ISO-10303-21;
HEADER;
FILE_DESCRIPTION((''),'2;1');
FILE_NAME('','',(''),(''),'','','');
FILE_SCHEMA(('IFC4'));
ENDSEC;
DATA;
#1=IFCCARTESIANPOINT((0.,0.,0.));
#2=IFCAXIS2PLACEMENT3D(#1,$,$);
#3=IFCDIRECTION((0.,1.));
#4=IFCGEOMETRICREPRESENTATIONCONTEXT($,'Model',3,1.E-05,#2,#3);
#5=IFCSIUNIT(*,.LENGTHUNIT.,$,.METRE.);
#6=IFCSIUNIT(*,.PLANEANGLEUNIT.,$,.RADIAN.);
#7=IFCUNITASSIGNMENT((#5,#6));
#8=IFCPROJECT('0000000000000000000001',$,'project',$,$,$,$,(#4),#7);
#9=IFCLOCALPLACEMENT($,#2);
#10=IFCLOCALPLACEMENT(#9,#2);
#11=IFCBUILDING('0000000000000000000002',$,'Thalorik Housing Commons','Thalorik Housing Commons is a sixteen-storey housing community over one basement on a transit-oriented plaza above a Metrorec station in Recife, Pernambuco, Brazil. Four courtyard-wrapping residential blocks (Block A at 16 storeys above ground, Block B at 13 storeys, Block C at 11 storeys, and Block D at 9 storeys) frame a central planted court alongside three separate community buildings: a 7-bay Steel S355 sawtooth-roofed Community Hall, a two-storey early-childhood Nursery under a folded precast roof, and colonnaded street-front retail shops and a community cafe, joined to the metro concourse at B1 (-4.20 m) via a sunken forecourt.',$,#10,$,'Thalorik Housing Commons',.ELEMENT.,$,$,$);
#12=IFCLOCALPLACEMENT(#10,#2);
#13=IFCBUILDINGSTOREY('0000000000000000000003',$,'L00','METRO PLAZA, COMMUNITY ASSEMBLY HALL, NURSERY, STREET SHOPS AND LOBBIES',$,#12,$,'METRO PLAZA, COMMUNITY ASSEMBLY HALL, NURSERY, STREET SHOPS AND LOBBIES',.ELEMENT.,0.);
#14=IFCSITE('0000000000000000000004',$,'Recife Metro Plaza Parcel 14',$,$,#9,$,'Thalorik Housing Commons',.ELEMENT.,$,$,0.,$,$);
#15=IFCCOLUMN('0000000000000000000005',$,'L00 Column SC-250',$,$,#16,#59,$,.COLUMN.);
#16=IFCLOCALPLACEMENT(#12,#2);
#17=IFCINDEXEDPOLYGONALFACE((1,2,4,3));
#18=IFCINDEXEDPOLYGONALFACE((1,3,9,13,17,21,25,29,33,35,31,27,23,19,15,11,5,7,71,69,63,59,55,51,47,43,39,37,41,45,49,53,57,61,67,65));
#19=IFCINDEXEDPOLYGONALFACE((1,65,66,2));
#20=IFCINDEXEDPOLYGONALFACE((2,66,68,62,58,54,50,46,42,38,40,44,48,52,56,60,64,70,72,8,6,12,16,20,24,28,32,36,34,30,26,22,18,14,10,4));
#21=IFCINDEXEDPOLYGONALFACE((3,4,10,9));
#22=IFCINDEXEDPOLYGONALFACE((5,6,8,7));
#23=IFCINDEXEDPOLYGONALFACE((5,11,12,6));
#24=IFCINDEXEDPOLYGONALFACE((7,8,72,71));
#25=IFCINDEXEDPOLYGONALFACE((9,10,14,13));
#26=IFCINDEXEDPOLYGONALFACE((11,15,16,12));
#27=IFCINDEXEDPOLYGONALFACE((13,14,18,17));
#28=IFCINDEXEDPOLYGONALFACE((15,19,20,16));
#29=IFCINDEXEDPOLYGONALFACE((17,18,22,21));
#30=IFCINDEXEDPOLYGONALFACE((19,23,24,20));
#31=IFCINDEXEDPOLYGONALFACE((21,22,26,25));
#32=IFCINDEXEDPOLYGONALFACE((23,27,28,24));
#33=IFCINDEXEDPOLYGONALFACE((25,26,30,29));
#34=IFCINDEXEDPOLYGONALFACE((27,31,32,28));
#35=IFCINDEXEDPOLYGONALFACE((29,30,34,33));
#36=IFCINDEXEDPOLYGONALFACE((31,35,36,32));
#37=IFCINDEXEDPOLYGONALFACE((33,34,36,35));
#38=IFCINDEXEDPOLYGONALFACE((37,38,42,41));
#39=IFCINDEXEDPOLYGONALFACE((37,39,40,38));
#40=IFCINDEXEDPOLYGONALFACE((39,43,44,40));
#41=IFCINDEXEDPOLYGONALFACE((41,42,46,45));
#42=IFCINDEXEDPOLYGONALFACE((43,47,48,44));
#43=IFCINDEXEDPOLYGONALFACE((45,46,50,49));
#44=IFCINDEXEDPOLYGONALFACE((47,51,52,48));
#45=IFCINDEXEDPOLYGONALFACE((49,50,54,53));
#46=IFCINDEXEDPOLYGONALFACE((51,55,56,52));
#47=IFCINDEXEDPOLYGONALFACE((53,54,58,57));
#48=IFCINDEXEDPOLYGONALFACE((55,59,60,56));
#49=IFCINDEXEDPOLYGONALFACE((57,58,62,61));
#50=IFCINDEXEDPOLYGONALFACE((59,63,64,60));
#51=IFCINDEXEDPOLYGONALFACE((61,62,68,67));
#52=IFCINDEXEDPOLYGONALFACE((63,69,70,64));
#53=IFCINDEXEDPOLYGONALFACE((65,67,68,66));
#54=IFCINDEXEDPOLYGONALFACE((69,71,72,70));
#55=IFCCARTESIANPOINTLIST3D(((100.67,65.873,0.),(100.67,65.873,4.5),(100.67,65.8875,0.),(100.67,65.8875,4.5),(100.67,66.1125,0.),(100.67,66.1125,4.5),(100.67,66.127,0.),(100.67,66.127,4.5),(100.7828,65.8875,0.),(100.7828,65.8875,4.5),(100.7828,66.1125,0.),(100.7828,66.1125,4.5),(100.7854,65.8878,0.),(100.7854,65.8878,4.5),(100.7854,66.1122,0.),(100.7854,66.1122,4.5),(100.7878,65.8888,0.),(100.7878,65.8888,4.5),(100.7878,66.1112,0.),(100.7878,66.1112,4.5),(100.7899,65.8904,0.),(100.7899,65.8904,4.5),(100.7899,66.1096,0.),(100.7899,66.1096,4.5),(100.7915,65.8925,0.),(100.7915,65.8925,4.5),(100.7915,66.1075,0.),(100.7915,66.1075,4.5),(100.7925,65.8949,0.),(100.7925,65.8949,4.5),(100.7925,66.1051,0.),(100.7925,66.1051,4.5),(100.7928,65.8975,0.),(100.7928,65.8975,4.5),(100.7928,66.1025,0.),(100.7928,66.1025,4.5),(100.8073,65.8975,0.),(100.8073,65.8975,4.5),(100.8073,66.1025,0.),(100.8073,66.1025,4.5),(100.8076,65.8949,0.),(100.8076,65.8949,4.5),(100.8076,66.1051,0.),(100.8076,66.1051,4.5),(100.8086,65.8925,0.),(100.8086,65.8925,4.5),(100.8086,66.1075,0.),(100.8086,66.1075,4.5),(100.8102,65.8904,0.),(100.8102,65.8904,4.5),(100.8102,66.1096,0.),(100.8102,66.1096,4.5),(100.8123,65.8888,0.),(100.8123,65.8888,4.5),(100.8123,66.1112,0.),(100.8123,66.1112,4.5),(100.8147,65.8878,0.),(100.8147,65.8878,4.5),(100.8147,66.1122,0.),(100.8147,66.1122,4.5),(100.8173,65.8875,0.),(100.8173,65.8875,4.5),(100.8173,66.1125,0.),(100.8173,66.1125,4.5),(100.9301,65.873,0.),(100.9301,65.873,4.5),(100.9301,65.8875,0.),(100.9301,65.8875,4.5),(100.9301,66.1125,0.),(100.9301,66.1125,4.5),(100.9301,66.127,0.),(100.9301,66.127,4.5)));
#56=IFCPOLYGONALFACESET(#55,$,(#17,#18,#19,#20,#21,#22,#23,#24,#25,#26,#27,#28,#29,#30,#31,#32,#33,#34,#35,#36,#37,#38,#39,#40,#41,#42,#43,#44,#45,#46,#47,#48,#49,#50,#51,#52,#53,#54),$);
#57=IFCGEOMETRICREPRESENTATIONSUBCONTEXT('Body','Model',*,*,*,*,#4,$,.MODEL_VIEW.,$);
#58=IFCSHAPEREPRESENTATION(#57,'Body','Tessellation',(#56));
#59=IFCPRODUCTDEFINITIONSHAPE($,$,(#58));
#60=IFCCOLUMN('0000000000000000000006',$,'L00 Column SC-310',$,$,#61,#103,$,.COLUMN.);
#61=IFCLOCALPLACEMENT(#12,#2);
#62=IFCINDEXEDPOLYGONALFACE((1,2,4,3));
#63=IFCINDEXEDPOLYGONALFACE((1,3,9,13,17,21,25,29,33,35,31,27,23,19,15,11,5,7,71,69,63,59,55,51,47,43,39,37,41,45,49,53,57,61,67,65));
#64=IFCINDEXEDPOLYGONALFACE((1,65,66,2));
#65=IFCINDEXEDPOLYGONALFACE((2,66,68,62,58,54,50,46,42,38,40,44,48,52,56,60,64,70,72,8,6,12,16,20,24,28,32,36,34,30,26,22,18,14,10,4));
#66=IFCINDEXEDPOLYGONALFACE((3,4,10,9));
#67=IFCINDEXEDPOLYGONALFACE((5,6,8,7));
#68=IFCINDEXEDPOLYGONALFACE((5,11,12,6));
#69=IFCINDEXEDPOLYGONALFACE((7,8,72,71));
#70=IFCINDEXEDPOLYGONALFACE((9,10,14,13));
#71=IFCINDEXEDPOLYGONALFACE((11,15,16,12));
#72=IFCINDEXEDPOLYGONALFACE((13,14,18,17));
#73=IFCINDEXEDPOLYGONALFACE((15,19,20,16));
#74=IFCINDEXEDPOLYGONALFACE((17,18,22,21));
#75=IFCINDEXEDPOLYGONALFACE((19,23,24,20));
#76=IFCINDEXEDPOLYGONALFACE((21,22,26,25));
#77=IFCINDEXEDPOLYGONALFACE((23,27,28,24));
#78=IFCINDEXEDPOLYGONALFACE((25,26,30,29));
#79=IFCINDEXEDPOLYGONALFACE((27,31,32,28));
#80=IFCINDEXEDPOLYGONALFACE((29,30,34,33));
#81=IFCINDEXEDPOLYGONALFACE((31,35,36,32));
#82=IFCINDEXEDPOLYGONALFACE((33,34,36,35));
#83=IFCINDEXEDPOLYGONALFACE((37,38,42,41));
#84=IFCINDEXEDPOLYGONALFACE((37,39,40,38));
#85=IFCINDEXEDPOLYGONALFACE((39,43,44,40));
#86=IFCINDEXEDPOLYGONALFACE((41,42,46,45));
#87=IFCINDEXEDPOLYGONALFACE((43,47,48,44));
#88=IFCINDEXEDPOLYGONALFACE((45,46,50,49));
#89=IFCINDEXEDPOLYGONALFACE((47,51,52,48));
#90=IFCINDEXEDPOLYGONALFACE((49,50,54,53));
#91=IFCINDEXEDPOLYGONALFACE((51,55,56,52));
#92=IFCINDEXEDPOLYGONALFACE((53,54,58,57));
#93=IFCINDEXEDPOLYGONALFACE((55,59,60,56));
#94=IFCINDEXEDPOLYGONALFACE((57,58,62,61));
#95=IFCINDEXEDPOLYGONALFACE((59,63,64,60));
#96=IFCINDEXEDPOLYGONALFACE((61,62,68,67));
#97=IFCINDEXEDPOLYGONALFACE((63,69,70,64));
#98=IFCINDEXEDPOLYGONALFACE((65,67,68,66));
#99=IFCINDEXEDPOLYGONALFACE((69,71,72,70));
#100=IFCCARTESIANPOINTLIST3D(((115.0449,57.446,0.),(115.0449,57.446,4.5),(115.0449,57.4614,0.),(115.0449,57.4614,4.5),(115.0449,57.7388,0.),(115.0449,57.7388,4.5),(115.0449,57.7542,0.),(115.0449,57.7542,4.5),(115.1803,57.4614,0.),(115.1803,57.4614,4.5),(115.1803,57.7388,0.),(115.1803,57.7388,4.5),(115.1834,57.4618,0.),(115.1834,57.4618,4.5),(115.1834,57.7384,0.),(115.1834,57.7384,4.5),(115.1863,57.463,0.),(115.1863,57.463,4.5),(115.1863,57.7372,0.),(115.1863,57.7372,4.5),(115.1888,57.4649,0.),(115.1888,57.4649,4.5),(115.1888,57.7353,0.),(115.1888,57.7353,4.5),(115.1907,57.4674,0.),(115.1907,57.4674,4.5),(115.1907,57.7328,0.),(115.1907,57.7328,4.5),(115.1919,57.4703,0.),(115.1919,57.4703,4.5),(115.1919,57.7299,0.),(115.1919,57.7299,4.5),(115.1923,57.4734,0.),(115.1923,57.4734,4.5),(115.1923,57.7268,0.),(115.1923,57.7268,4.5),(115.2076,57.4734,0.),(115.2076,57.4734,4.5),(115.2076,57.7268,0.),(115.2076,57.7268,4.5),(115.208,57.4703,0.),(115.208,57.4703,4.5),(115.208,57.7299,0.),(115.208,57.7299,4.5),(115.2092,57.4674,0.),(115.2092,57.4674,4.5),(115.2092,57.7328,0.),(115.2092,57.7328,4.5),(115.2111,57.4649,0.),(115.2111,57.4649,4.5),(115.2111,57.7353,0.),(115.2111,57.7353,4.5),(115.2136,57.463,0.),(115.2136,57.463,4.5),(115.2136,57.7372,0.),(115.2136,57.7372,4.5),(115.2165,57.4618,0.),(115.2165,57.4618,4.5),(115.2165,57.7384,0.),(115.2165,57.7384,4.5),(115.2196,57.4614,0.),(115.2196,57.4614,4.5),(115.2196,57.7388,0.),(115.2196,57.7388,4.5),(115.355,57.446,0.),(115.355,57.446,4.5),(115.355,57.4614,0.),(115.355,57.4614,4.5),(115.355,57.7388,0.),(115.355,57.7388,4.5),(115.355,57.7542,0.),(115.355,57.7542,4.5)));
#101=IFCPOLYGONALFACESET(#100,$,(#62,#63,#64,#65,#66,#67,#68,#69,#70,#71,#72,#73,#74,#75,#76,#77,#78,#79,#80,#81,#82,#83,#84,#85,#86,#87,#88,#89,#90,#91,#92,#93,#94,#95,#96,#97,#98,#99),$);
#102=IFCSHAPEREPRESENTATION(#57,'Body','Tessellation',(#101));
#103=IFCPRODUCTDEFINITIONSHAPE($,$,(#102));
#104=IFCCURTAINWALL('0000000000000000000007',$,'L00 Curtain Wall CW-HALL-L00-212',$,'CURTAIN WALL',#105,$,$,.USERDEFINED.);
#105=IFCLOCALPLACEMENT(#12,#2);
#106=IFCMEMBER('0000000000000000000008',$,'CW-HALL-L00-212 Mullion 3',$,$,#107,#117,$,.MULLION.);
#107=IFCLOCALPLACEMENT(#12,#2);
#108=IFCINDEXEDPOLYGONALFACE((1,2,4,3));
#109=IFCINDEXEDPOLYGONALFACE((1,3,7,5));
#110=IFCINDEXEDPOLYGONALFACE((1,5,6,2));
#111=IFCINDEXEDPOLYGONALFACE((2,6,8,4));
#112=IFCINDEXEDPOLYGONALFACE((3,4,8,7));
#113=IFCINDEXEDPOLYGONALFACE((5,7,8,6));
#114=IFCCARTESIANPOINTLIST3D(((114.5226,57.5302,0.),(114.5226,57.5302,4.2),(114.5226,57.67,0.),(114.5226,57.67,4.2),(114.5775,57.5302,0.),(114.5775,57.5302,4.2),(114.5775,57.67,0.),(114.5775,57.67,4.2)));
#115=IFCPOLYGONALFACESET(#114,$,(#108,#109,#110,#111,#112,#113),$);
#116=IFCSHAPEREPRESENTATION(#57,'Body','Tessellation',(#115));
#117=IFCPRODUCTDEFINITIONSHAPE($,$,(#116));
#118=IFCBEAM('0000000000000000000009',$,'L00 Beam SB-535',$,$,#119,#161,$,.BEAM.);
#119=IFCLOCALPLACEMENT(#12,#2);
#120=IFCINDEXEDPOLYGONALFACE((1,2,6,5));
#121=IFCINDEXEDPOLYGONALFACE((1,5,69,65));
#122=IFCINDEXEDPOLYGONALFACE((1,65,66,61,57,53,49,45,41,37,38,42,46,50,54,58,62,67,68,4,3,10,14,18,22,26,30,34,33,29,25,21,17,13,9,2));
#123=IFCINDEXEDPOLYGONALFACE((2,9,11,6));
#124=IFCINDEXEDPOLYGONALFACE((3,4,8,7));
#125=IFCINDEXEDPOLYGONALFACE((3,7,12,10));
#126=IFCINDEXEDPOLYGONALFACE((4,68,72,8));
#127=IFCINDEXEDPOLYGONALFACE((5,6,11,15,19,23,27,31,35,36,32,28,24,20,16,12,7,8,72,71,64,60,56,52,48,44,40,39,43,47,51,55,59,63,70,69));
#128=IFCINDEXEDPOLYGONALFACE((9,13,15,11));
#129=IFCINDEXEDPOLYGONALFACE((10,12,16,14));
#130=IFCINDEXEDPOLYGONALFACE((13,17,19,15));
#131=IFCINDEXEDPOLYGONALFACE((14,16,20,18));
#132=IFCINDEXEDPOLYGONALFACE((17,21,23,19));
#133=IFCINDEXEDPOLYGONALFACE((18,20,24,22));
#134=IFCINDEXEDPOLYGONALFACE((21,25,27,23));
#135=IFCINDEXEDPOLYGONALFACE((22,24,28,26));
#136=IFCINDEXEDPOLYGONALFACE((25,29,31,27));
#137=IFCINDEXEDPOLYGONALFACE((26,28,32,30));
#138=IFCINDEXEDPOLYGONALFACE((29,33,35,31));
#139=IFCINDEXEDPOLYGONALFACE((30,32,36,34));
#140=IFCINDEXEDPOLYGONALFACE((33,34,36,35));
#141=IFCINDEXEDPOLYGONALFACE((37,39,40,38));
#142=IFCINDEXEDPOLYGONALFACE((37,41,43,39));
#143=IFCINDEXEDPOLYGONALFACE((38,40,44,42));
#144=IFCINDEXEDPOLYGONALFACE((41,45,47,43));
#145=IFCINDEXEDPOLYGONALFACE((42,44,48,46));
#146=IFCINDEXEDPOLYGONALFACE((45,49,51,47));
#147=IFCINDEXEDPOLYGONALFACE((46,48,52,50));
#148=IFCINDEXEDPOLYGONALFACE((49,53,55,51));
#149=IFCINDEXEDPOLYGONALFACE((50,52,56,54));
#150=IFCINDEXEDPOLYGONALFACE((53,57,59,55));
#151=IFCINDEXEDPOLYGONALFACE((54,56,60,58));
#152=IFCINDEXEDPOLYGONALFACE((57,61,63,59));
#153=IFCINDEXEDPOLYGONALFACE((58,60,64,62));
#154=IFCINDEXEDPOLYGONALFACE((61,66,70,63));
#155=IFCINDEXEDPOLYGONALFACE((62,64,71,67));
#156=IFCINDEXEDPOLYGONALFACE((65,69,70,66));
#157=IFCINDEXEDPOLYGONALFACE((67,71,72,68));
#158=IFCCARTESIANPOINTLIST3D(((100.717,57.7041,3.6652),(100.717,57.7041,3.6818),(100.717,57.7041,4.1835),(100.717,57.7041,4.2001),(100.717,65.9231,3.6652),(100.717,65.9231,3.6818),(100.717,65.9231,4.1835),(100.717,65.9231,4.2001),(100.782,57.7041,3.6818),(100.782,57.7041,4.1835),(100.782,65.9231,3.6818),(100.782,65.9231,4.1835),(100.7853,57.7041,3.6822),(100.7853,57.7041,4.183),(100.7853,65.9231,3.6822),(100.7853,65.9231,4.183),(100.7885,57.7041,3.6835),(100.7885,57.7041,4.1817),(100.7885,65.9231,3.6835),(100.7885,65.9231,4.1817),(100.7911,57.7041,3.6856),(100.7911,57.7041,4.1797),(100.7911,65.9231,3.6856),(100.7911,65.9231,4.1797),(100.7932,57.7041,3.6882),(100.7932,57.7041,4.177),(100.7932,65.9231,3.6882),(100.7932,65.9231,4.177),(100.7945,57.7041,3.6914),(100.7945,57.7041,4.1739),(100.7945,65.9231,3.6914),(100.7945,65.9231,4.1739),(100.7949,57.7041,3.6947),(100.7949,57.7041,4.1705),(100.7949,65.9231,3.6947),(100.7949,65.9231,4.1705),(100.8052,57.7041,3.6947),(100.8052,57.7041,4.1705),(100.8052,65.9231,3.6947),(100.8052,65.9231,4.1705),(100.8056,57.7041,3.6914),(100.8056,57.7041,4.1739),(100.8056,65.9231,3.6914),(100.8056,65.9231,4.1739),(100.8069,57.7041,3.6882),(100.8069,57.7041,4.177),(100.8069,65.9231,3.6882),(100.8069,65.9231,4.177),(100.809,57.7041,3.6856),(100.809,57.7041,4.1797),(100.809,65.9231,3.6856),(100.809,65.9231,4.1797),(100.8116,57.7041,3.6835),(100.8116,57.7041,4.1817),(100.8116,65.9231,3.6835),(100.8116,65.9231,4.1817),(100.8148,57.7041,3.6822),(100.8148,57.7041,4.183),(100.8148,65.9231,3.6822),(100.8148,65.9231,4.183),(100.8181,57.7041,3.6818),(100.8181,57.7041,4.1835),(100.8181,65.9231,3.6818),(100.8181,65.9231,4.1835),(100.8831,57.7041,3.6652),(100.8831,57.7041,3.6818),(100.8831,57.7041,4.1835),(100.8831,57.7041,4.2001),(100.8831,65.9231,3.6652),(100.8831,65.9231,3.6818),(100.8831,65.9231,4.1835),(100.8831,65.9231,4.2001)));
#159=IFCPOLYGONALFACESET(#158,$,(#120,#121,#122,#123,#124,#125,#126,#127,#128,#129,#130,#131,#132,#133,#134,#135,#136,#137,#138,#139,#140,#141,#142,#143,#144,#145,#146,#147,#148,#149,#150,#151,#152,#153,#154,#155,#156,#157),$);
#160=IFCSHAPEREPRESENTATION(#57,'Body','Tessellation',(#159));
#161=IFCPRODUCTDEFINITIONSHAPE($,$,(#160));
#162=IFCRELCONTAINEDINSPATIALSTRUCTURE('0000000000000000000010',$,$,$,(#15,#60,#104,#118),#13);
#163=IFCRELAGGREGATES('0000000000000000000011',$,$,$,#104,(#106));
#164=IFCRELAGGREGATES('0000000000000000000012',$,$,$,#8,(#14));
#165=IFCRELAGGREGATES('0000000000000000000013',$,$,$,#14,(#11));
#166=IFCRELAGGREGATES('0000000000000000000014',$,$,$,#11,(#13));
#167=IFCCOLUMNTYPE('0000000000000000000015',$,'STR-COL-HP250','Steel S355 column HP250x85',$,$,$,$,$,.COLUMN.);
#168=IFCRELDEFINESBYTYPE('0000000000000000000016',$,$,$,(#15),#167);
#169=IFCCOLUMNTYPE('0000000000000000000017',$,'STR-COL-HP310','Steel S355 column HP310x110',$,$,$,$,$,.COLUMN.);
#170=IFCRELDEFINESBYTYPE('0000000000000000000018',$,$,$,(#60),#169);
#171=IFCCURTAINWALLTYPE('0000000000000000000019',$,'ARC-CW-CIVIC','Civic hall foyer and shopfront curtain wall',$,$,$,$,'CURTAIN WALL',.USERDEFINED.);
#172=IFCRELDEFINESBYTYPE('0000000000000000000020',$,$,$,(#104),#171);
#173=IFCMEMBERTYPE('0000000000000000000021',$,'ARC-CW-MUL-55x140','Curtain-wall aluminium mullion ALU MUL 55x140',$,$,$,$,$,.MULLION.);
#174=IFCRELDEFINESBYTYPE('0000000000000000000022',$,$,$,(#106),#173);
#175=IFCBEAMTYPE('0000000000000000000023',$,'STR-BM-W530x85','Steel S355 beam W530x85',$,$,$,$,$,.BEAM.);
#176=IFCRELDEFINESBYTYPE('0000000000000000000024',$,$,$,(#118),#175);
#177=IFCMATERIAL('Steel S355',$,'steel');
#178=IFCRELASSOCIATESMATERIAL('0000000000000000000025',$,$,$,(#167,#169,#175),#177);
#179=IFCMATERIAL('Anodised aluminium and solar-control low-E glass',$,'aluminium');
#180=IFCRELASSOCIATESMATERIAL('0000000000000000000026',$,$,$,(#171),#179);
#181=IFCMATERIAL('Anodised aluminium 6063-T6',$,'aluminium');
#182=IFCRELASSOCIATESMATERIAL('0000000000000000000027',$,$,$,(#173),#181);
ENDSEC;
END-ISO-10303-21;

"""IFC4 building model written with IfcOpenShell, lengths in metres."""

from ifc_helpers import new_model, si_unit, direction, frame, origin, origin_2d, place, context, subcontext, project, spatial, rectangle, i_section, extrude, material, material_profile, profile_set, type_object, element, aggregate, save


model = new_model("IFC4")

# Units and contexts
model_context = context("Model", 3, precision=1e-05, world=origin(), true_north=direction((0.0, 1.0)))
body_context = subcontext(model_context, "Body", "Model", "MODEL_VIEW")
ifc_project = project(units=[si_unit("LENGTHUNIT", "METRE"), si_unit("PLANEANGLEUNIT", "RADIAN")], contexts=[model_context])

# Site, building, storey
site_placement = place(None, origin())
site = spatial("IfcSite", under=ifc_project, at=site_placement, Name="Recife Metro Plaza Parcel 14", LongName="Thalorik Housing Commons", CompositionType="ELEMENT", RefElevation=0.0)
building_placement = place(site_placement, origin())
building = spatial("IfcBuilding", under=site, at=building_placement, Name="Thalorik Housing Commons", Description="Thalorik Housing Commons is a sixteen-storey housing community over one basement on a transit-oriented plaza above a Metrorec station in Recife, Pernambuco, Brazil. Four courtyard-wrapping residential blocks (Block A at 16 storeys above ground, Block B at 13 storeys, Block C at 11 storeys, and Block D at 9 storeys) frame a central planted court alongside three separate community buildings: a 7-bay Steel S355 sawtooth-roofed Community Hall, a two-storey early-childhood Nursery under a folded precast roof, and colonnaded street-front retail shops and a community cafe, joined to the metro concourse at B1 (-4.20 m) via a sunken forecourt.", LongName="Thalorik Housing Commons", CompositionType="ELEMENT")
storey_placement = place(building_placement, origin())
storey = spatial("IfcBuildingStorey", under=building, at=storey_placement, Name="L00", Description="METRO PLAZA, COMMUNITY ASSEMBLY HALL, NURSERY, STREET SHOPS AND LOBBIES", LongName="METRO PLAZA, COMMUNITY ASSEMBLY HALL, NURSERY, STREET SHOPS AND LOBBIES", CompositionType="ELEMENT", Elevation=0.0)

# Columns
ifc_material_1 = material(Name="Steel S355", Category="steel")
ifc_material_profile_1 = material_profile(ifc_material_1, i_section(OverallWidth=0.26, OverallDepth=0.2539, WebThickness=0.0144, FlangeThickness=0.0144, FilletRadius=0.01, at=origin_2d()), Name="HP250x85", Category="steel")
ifc_profile_set_1 = profile_set([ifc_material_profile_1], Name="Steel S355")
column_type_1 = type_object("IfcColumnType", Name="STR-COL-HP250", Description="Steel S355 column HP250x85", PredefinedType="COLUMN", material=ifc_profile_set_1)
column_1_placement = place(storey_placement, frame((100.8, 66.0, 0.0), z_axis=(0.0, 0.0, 1.0), x_axis=(1.0, 0.0, 0.0)))
element("IfcColumn", 1, at=column_1_placement, inside=storey, type_object=column_type_1, Name="L00 Column SC-250", PredefinedType="COLUMN", context=body_context, shape_type="SweptSolid", body=[
    extrude(i_section(OverallWidth=0.26, OverallDepth=0.2539, WebThickness=0.0144, FlangeThickness=0.0144, FilletRadius=0.01, at=origin_2d()), origin(), (0.0, 0.0, 1.0), 4.5),
])
ifc_material_profile_2 = material_profile(ifc_material_1, i_section(OverallWidth=0.3101, OverallDepth=0.3081, WebThickness=0.0154, FlangeThickness=0.0154, FilletRadius=0.012, at=origin_2d()), Name="HP310x110", Category="steel")
ifc_profile_set_2 = profile_set([ifc_material_profile_2], Name="Steel S355")
column_type_2 = type_object("IfcColumnType", Name="STR-COL-HP310", Description="Steel S355 column HP310x110", PredefinedType="COLUMN", material=ifc_profile_set_2)
column_2_placement = place(storey_placement, frame((115.2, 57.6001, 0.0), z_axis=(0.0, 0.0, 1.0), x_axis=(1.0, 0.0, 0.0)))
element("IfcColumn", 2, at=column_2_placement, inside=storey, type_object=column_type_2, Name="L00 Column SC-310", PredefinedType="COLUMN", context=body_context, shape_type="SweptSolid", body=[
    extrude(i_section(OverallWidth=0.3101, OverallDepth=0.3081, WebThickness=0.0154, FlangeThickness=0.0154, FilletRadius=0.012, at=origin_2d()), origin(), (0.0, 0.0, 1.0), 4.5),
])

# Curtain wall, member
ifc_material_2 = material(Name="Anodised aluminium and solar-control low-E glass", Category="aluminium")
curtain_wall_type = type_object("IfcCurtainWallType", Name="ARC-CW-CIVIC", Description="Civic hall foyer and shopfront curtain wall", ElementType="CURTAIN WALL", PredefinedType="USERDEFINED", material=ifc_material_2)
curtain_wall_placement = place(storey_placement, origin())
curtain_wall = element("IfcCurtainWall", 3, at=curtain_wall_placement, inside=storey, type_object=curtain_wall_type, Name="L00 Curtain Wall CW-HALL-L00-212", ObjectType="CURTAIN WALL", PredefinedType="USERDEFINED")
ifc_material_3 = material(Name="Anodised aluminium 6063-T6", Category="aluminium")
ifc_material_profile_3 = material_profile(ifc_material_3, rectangle(XDim=0.0549, YDim=0.1399, at=origin_2d()), Name="ALU MUL 55x140", Category="aluminium")
ifc_profile_set_3 = profile_set([ifc_material_profile_3], Name="Anodised aluminium 6063-T6")
member_type = type_object("IfcMemberType", Name="ARC-CW-MUL-55x140", Description="Curtain-wall aluminium mullion ALU MUL 55x140", PredefinedType="MULLION", material=ifc_profile_set_3)
member_placement = place(storey_placement, frame((114.55, 57.6001, 0.0), z_axis=(0.0, 0.0, 1.0), x_axis=(1.0, 0.0, 0.0)))
member = element("IfcMember", 4, at=member_placement, type_object=member_type, Name="CW-HALL-L00-212 Mullion 3", PredefinedType="MULLION", context=body_context, shape_type="SweptSolid", body=[
    extrude(rectangle(XDim=0.0549, YDim=0.1399, at=origin_2d()), origin(), (0.0, 0.0, 1.0), 4.2),
])

# Beam
ifc_material_profile_4 = material_profile(ifc_material_1, i_section(OverallWidth=0.166, OverallDepth=0.5349, WebThickness=0.0103, FlangeThickness=0.0166, FilletRadius=0.0129, at=origin_2d()), Name="W530x85", Category="steel")
ifc_profile_set_4 = profile_set([ifc_material_profile_4], Name="Steel S355")
beam_type_1 = type_object("IfcBeamType", Name="STR-BM-W530x85", Description="Steel S355 beam W530x85", PredefinedType="BEAM", material=ifc_profile_set_4)
for number, where, z_axis, x_axis, name in (
    (5, (100.8, 57.7041, 3.9326), (0.0, 1.0, 0.0), (-1.0, 0.0, 0.0), "L00 Beam SB-535"),
):
    element("IfcBeam", number, at=place(storey_placement, frame(where, z_axis=z_axis, x_axis=x_axis)), inside=storey, type_object=beam_type_1, Name=name, PredefinedType="BEAM", context=body_context, shape_type="SweptSolid", body=[
        extrude(i_section(OverallWidth=0.166, OverallDepth=0.5349, WebThickness=0.0103, FlangeThickness=0.0166, FilletRadius=0.0129, at=origin_2d()), origin(), (0.0, 0.0, 1.0), 8.219),
    ])

aggregate(curtain_wall, [member])

save(model, "model.ifc")
